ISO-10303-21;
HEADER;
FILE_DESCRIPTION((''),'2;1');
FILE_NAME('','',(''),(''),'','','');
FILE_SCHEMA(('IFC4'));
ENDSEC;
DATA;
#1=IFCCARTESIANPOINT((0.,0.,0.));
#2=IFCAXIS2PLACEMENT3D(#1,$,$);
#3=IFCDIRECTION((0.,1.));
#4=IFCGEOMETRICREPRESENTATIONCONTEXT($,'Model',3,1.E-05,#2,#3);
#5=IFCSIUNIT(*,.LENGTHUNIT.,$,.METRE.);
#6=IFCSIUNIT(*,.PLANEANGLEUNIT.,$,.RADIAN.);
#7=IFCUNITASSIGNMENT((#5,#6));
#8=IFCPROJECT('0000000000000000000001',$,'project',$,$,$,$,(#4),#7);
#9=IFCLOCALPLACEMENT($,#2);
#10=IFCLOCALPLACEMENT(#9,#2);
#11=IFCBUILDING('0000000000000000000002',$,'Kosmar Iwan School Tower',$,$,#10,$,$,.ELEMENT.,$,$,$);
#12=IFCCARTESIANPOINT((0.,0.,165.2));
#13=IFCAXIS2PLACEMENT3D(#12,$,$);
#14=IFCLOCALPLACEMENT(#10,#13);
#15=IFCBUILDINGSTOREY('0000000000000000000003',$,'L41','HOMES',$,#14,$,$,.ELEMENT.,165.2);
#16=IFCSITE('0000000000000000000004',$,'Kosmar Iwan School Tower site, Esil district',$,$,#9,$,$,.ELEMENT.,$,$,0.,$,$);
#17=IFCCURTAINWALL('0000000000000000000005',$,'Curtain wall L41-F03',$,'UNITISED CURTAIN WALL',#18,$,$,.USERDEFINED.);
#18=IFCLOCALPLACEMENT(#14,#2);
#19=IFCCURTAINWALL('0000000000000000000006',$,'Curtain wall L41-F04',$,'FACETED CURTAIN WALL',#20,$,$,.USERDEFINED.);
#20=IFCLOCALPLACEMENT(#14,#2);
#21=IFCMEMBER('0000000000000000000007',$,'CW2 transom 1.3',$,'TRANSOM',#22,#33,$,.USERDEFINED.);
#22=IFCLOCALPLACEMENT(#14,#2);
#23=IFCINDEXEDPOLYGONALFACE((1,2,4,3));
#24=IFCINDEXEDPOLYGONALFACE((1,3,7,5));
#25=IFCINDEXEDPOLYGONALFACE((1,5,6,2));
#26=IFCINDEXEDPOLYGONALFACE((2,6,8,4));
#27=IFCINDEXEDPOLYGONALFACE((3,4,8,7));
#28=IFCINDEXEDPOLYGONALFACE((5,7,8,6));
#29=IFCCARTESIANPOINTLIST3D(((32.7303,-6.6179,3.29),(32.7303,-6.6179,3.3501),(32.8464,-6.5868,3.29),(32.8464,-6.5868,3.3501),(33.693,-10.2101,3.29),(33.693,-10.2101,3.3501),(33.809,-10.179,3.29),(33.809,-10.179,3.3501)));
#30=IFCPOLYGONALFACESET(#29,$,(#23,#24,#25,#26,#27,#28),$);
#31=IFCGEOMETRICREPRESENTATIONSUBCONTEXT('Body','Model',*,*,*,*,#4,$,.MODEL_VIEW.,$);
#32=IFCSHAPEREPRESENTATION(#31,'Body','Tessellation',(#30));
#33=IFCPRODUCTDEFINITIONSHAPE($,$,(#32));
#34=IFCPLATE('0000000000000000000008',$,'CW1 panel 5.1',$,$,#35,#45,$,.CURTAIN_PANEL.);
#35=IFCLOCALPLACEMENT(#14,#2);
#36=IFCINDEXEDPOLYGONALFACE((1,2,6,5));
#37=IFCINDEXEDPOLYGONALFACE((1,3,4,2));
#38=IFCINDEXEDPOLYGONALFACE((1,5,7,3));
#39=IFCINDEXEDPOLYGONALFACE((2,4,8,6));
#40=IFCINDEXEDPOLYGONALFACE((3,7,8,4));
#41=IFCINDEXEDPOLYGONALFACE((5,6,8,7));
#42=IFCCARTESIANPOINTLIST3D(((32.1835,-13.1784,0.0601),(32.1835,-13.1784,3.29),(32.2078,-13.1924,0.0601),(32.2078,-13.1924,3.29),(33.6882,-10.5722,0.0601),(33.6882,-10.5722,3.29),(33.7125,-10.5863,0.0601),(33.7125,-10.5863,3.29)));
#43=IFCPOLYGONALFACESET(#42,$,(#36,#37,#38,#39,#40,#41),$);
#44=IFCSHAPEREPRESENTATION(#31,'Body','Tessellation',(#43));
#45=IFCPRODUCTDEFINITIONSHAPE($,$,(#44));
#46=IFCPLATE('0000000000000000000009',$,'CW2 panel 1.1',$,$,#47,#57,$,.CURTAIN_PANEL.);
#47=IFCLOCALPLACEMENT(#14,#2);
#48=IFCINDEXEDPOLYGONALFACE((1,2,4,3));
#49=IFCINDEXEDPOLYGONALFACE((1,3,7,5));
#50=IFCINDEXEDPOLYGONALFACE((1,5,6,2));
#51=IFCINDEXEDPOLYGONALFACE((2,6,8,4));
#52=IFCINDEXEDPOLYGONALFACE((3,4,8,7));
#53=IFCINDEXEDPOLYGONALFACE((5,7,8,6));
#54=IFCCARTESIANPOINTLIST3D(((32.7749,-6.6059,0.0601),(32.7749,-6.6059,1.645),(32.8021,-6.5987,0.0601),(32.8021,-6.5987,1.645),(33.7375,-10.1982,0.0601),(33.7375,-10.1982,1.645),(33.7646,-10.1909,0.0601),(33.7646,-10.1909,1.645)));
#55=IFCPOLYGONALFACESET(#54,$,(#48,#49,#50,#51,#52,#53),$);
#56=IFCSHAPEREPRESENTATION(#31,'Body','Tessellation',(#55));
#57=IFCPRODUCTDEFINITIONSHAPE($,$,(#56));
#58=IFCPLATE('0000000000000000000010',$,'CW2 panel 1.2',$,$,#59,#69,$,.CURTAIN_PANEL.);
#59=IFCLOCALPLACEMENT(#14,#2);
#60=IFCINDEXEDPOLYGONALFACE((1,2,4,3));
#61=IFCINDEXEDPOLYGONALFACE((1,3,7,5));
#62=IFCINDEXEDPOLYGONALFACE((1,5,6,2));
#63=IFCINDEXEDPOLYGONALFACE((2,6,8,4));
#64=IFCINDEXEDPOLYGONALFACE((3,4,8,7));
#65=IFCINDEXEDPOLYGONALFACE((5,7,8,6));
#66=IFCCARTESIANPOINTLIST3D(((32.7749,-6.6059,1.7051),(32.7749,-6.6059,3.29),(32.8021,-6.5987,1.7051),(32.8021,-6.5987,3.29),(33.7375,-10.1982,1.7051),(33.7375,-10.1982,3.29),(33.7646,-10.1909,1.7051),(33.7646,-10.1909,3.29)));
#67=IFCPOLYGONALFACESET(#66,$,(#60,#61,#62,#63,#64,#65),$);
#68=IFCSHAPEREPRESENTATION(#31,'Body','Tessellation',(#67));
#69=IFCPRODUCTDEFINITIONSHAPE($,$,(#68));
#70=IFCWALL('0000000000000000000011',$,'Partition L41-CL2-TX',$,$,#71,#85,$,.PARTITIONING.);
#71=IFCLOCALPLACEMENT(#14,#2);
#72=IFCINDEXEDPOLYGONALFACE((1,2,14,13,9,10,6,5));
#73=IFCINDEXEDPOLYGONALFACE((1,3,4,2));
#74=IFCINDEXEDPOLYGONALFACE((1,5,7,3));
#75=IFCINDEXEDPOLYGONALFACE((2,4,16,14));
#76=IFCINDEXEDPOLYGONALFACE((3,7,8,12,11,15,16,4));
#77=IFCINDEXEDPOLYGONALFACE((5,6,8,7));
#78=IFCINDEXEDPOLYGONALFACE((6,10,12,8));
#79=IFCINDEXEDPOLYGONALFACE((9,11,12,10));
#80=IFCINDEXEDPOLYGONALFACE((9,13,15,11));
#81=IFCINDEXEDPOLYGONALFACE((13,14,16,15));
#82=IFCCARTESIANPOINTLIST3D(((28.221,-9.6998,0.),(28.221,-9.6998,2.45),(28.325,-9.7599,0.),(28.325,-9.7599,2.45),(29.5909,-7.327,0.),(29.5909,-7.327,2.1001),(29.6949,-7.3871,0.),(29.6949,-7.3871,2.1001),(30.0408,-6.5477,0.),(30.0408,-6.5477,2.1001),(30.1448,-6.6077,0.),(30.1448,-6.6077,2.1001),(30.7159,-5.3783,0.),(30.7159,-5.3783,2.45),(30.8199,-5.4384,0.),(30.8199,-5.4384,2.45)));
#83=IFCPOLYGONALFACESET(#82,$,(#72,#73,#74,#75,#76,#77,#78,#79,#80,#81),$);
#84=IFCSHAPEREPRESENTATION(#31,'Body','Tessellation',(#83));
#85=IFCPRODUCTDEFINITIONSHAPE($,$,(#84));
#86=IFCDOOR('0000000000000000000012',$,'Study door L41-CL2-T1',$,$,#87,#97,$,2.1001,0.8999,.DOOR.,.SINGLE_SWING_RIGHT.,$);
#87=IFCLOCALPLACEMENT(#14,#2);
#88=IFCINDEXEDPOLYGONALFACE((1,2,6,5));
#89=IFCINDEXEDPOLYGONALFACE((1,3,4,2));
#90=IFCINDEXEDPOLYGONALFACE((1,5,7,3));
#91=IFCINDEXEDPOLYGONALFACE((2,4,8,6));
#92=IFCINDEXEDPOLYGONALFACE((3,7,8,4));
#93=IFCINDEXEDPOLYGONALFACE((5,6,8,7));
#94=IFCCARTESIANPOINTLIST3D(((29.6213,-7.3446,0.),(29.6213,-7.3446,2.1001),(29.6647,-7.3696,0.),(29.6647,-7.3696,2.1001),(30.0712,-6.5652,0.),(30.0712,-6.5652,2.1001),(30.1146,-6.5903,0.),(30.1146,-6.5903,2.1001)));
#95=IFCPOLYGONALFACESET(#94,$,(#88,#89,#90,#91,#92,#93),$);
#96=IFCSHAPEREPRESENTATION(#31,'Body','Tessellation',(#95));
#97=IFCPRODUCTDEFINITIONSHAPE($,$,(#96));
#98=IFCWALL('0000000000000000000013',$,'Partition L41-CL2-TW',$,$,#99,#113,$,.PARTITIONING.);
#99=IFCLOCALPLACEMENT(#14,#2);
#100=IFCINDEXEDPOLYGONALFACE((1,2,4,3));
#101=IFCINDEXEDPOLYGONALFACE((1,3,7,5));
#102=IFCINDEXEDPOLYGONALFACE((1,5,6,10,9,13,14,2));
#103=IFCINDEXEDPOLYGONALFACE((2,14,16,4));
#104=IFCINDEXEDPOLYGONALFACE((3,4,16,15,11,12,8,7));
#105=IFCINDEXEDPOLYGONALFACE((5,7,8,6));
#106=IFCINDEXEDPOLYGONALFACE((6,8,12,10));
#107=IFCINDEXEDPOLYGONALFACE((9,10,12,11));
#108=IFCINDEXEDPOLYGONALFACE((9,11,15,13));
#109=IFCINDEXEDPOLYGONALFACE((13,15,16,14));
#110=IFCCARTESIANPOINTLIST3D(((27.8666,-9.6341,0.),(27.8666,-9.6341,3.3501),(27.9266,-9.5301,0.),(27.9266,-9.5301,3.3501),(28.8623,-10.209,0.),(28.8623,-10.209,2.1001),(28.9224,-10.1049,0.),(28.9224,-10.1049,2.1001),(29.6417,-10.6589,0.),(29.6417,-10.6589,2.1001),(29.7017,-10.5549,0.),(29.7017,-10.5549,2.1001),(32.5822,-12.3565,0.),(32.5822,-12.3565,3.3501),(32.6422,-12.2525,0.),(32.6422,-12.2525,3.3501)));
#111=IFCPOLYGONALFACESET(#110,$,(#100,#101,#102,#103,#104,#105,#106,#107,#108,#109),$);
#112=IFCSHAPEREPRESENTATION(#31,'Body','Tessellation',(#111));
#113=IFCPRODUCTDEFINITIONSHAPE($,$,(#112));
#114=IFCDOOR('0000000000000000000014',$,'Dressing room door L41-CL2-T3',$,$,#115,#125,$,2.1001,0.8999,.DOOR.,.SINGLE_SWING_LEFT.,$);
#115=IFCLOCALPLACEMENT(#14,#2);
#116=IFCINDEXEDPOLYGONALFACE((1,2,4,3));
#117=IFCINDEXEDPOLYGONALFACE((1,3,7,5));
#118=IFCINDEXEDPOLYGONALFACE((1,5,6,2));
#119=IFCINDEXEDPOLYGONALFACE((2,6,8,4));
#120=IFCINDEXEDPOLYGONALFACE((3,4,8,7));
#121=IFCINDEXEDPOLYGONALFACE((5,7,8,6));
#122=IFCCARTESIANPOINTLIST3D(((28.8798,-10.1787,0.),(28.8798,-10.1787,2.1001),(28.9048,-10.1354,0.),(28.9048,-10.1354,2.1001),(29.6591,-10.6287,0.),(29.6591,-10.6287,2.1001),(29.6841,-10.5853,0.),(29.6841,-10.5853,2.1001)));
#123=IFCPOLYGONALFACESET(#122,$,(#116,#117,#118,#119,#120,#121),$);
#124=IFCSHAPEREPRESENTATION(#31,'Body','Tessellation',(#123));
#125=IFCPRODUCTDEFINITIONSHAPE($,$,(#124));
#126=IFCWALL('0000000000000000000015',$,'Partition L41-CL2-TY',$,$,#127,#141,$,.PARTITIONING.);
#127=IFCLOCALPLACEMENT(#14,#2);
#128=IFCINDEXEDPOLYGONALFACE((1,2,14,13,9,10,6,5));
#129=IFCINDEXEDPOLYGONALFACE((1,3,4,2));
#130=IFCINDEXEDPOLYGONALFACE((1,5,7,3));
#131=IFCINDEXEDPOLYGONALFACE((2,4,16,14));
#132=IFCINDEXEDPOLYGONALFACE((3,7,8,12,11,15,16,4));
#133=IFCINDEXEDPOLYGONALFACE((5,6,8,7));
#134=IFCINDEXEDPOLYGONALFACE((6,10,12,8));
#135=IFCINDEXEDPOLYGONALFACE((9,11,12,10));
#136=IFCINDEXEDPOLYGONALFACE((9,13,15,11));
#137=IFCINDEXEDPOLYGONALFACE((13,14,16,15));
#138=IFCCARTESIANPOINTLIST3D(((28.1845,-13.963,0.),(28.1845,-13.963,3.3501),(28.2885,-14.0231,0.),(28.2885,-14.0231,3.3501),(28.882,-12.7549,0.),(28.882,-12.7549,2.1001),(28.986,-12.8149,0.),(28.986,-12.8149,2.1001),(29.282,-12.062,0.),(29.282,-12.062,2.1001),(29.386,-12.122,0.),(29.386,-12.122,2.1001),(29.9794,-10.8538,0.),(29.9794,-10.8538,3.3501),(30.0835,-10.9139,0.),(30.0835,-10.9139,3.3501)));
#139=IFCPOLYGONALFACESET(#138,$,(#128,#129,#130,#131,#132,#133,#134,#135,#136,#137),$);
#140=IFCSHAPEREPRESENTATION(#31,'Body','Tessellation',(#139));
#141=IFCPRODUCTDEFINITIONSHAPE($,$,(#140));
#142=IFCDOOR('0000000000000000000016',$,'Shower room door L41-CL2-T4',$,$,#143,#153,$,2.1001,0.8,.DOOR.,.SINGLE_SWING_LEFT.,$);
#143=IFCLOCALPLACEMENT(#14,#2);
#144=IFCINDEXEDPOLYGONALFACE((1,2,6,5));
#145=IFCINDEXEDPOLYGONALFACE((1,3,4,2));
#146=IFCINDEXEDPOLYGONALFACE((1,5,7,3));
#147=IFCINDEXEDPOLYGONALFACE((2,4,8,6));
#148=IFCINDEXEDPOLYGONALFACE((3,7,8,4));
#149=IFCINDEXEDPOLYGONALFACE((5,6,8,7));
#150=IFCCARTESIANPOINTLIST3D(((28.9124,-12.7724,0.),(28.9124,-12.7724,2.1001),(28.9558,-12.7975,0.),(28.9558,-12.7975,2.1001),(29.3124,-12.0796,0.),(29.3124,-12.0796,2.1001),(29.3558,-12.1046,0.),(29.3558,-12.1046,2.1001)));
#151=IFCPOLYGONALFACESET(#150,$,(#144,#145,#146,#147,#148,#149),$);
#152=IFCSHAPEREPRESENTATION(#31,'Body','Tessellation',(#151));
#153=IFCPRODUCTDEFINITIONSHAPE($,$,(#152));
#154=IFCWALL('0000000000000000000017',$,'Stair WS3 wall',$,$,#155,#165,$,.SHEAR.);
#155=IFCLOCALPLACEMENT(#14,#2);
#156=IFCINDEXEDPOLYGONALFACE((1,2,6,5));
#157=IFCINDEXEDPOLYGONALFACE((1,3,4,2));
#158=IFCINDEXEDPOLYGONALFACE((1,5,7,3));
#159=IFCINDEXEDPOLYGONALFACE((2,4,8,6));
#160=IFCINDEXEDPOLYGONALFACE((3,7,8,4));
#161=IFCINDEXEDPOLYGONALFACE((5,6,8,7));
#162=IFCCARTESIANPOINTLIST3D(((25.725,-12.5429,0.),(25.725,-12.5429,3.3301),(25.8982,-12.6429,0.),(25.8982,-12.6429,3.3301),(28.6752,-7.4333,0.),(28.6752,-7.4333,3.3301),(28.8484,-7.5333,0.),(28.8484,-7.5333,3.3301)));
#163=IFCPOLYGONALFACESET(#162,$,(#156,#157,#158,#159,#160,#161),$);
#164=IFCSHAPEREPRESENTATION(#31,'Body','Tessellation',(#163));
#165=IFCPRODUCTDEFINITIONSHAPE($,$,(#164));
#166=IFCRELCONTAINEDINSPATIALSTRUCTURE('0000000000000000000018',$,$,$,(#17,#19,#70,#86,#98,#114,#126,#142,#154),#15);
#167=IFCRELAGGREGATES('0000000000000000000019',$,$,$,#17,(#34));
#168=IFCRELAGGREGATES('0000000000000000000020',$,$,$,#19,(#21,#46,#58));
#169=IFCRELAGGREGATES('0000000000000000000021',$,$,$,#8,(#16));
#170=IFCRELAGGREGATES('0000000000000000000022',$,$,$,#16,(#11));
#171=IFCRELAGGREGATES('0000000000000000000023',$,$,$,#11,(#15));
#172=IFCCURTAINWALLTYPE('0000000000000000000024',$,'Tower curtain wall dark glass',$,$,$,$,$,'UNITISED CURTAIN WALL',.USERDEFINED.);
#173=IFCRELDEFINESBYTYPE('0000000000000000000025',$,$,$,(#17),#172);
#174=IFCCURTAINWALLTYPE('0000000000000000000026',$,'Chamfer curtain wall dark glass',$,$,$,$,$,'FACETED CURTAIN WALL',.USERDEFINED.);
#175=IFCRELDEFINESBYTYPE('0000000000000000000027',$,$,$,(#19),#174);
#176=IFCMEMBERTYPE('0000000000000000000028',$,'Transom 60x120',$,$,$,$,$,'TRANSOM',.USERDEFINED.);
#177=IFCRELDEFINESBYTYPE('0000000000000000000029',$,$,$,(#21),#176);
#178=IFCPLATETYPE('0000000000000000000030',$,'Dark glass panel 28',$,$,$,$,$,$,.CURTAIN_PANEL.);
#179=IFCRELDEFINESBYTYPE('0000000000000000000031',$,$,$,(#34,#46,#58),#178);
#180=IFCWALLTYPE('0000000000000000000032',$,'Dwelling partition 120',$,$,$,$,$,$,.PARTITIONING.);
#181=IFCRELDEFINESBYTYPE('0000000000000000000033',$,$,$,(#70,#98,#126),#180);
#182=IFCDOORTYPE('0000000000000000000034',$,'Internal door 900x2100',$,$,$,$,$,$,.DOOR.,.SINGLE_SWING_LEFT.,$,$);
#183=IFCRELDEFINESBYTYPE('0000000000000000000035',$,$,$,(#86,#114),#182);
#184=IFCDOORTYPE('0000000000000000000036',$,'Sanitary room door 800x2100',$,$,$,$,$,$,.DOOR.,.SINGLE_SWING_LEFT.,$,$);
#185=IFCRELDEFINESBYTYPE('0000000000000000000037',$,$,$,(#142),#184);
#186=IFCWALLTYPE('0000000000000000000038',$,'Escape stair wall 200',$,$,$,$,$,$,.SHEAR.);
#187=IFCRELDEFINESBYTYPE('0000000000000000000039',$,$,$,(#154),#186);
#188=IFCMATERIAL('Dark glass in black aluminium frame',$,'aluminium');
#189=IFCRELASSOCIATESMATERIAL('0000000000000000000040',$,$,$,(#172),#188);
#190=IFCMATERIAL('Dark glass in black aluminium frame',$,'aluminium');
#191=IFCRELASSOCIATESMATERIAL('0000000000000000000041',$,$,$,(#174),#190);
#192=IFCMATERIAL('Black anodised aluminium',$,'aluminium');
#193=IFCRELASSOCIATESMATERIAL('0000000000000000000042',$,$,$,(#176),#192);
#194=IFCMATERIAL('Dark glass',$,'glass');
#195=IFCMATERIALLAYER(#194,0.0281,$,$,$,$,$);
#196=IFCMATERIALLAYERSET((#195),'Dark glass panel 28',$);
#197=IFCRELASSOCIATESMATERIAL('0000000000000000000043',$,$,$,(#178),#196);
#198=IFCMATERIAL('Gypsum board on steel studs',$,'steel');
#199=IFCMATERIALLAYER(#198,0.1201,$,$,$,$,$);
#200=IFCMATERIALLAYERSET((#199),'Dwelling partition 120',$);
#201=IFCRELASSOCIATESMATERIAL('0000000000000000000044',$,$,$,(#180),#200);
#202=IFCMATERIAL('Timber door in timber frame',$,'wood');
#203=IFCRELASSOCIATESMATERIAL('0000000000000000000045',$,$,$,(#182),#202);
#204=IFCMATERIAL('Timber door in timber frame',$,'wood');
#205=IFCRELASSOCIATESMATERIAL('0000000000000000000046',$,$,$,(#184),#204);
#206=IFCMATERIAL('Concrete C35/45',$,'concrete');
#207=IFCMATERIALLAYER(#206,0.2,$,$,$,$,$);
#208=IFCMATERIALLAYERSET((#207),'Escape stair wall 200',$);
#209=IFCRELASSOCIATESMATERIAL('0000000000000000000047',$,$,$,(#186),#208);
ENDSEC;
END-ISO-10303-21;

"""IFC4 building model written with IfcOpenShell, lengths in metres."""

from ifc_helpers import new_model, si_unit, direction, frame, frame_2d, origin, origin_2d, place, context, subcontext, project, spatial, rectangle, extrude, material, layer, layer_set, material_profile, profile_set, type_object, element, fill, aggregate, save


model = new_model("IFC4")

# Units and contexts
model_context = context("Model", 3, precision=1e-05, world=origin(), true_north=direction((0.0, 1.0)))
body_context = subcontext(model_context, "Body", "Model", "MODEL_VIEW")
ifc_project = project(units=[si_unit("LENGTHUNIT", "METRE"), si_unit("PLANEANGLEUNIT", "RADIAN")], contexts=[model_context])

# Site, building, storey
site_placement = place(None, origin())
site = spatial("IfcSite", under=ifc_project, at=site_placement, Name="Kosmar Iwan School Tower site, Esil district", CompositionType="ELEMENT", RefElevation=0.0)
building_placement = place(site_placement, origin())
building = spatial("IfcBuilding", under=site, at=building_placement, Name="Kosmar Iwan School Tower", CompositionType="ELEMENT")
storey_placement = place(building_placement, frame((0.0, 0.0, 165.2)))
storey = spatial("IfcBuildingStorey", under=building, at=storey_placement, Name="L41", Description="HOMES", CompositionType="ELEMENT", Elevation=165.2)

# Curtain walls
ifc_material_1 = material(Name="Dark glass in black aluminium frame", Category="aluminium")
curtain_wall_type_1 = type_object("IfcCurtainWallType", Name="Tower curtain wall dark glass", ElementType="UNITISED CURTAIN WALL", PredefinedType="USERDEFINED", material=ifc_material_1)
curtain_wall_1_placement = place(storey_placement, origin())
curtain_wall_1 = element("IfcCurtainWall", 1, at=curtain_wall_1_placement, inside=storey, type_object=curtain_wall_type_1, Name="Curtain wall L41-F03", ObjectType="UNITISED CURTAIN WALL", PredefinedType="USERDEFINED")
ifc_material_2 = material(Name="Dark glass in black aluminium frame", Category="aluminium")
curtain_wall_type_2 = type_object("IfcCurtainWallType", Name="Chamfer curtain wall dark glass", ElementType="FACETED CURTAIN WALL", PredefinedType="USERDEFINED", material=ifc_material_2)
curtain_wall_2_placement = place(storey_placement, origin())
curtain_wall_2 = element("IfcCurtainWall", 2, at=curtain_wall_2_placement, inside=storey, type_object=curtain_wall_type_2, Name="Curtain wall L41-F04", ObjectType="FACETED CURTAIN WALL", PredefinedType="USERDEFINED")

# Member
ifc_material_3 = material(Name="Black anodised aluminium", Category="aluminium")
ifc_material_profile_1 = material_profile(ifc_material_3, rectangle(XDim=0.1201, YDim=0.0601, at=origin_2d()), Name="TRANSOM 60x120")
ifc_profile_set_1 = profile_set([ifc_material_profile_1], Name="Black anodised aluminium")
member_type_1 = type_object("IfcMemberType", Name="Transom 60x120", ElementType="TRANSOM", PredefinedType="USERDEFINED", material=ifc_profile_set_1)
member_1_placement = place(storey_placement, frame((33.751, -10.1946, 3.3201), z_axis=(-0.258843, 0.965919, 0.0), x_axis=(-0.965919, -0.258843, 0.0)))
member_1 = element("IfcMember", 3, at=member_1_placement, type_object=member_type_1, Name="CW2 transom 1.3", ObjectType="TRANSOM", PredefinedType="USERDEFINED", context=body_context, shape_type="SweptSolid", body=[
    extrude(rectangle(XDim=0.1201, YDim=0.0601, at=origin_2d()), origin(), (0.0, 0.0, 1.0), 3.719),
])

# Plates
ifc_material_4 = material(Name="Dark glass", Category="glass")
ifc_layer_1 = layer(ifc_material_4, 0.0281)
ifc_layer_set_1 = layer_set([ifc_layer_1], Name="Dark glass panel 28")
plate_type = type_object("IfcPlateType", Name="Dark glass panel 28", PredefinedType="CURTAIN_PANEL", material=ifc_layer_set_1)
plate_1_placement = place(storey_placement, frame((32.948, -11.8823, 0.0601), z_axis=(0.0, 0.0, 1.0), x_axis=(0.5, 0.866025, 0.0)))
plate_1 = element("IfcPlate", 4, at=plate_1_placement, type_object=plate_type, Name="CW1 panel 5.1", PredefinedType="CURTAIN_PANEL", context=body_context, shape_type="SweptSolid", body=[
    extrude(rectangle(XDim=3.0093, YDim=0.0281, at=origin_2d()), origin(), (0.0, 0.0, 1.0), 3.23),
])
aggregate(curtain_wall_1, [plate_1])
plate_2_placement = place(storey_placement, frame((33.2698, -8.3984, 0.0601), z_axis=(0.0, 0.0, 1.0), x_axis=(-0.258819, 0.965926, 0.0)))
plate_2 = element("IfcPlate", 5, at=plate_2_placement, type_object=plate_type, Name="CW2 panel 1.1", PredefinedType="CURTAIN_PANEL", context=body_context, shape_type="SweptSolid", body=[
    extrude(rectangle(XDim=3.719, YDim=0.0281, at=origin_2d()), origin(), (0.0, 0.0, 1.0), 1.585),
])
plate_3_placement = place(storey_placement, frame((33.2698, -8.3984, 1.7051), z_axis=(0.0, 0.0, 1.0), x_axis=(-0.258819, 0.965926, 0.0)))
plate_3 = element("IfcPlate", 6, at=plate_3_placement, type_object=plate_type, Name="CW2 panel 1.2", PredefinedType="CURTAIN_PANEL", context=body_context, shape_type="SweptSolid", body=[
    extrude(rectangle(XDim=3.719, YDim=0.0281, at=origin_2d()), origin(), (0.0, 0.0, 1.0), 1.585),
])
aggregate(curtain_wall_2, [member_1, plate_2, plate_3])

# Walls, openings, doors
ifc_material_5 = material(Name="Gypsum board on steel studs", Category="steel")
ifc_layer_2 = layer(ifc_material_5, 0.1201)
ifc_layer_set_2 = layer_set([ifc_layer_2], Name="Dwelling partition 120")
wall_type_1 = type_object("IfcWallType", Name="Dwelling partition 120", PredefinedType="PARTITIONING", material=ifc_layer_set_2)
wall_1_placement = place(storey_placement, frame((28.2729, -9.73, 0.0), z_axis=(0.0, 0.0, 1.0), x_axis=(0.499975, 0.86604, 0.0)))
wall_1 = element("IfcWall", 7, at=wall_1_placement, inside=storey, type_object=wall_type_1, Name="Partition L41-CL2-TX", PredefinedType="PARTITIONING", context=body_context, shape_type="SweptSolid", body=[
    extrude(rectangle(XDim=4.99, YDim=0.1201, at=frame_2d((2.4951, 0.0))), origin(), (0.0, 0.0, 1.0), 2.45),
])
opening_1_placement = place(wall_1_placement, frame((2.74, 0.0, 0.0)))
opening_1 = element("IfcOpeningElement", 8, at=opening_1_placement, cuts=wall_1, PredefinedType="OPENING", context=body_context, shape_type="SweptSolid", body=[
    extrude(rectangle(XDim=0.8999, YDim=2.1001, at=frame_2d((0.45, 1.05))), frame((0.0, 0.072, 0.0), z_axis=(0.0, -1.0, 0.0), x_axis=(1.0, 0.0, 0.0)), (0.0, 0.0, 1.0), 0.144),
])
ifc_material_6 = material(Name="Timber door in timber frame", Category="wood")
door_type_1 = type_object("IfcDoorType", Name="Internal door 900x2100", OperationType="SINGLE_SWING_LEFT", PredefinedType="DOOR", material=ifc_material_6)
door_1_placement = place(opening_1_placement, origin())
door_1 = element("IfcDoor", 9, at=door_1_placement, inside=storey, type_object=door_type_1, Name="Study door L41-CL2-T1", OperationType="SINGLE_SWING_RIGHT", OverallHeight=2.1001, OverallWidth=0.8999, PredefinedType="DOOR", context=body_context, shape_type="SweptSolid", body=[
    extrude(rectangle(XDim=0.8999, YDim=2.1001, at=frame_2d((0.45, 1.05))), frame((0.0, 0.0249, 0.0), z_axis=(0.0, -1.0, 0.0), x_axis=(1.0, 0.0, 0.0)), (0.0, 0.0, 1.0), 0.05),
])
fill(opening_1, door_1)
wall_2_placement = place(storey_placement, frame((27.8965, -9.582, 0.0), z_axis=(0.0, 0.0, 1.0), x_axis=(0.866036, -0.499982, 0.0)))
wall_2 = element("IfcWall", 10, at=wall_2_placement, inside=storey, type_object=wall_type_1, Name="Partition L41-CL2-TW", PredefinedType="PARTITIONING", context=body_context, shape_type="SweptSolid", body=[
    extrude(rectangle(XDim=5.4451, YDim=0.1201, at=frame_2d((2.7227, 0.0))), origin(), (0.0, 0.0, 1.0), 3.3501),
])
opening_2_placement = place(wall_2_placement, frame((1.1499, 0.0, 0.0)))
opening_2 = element("IfcOpeningElement", 11, at=opening_2_placement, cuts=wall_2, PredefinedType="OPENING", context=body_context, shape_type="SweptSolid", body=[
    extrude(rectangle(XDim=0.8999, YDim=2.1001, at=frame_2d((0.45, 1.05))), frame((0.0, 0.072, 0.0), z_axis=(0.0, -1.0, 0.0), x_axis=(1.0, 0.0, 0.0)), (0.0, 0.0, 1.0), 0.144),
])
door_2_placement = place(opening_2_placement, origin())
door_2 = element("IfcDoor", 12, at=door_2_placement, inside=storey, type_object=door_type_1, Name="Dressing room door L41-CL2-T3", OperationType="SINGLE_SWING_LEFT", OverallHeight=2.1001, OverallWidth=0.8999, PredefinedType="DOOR", context=body_context, shape_type="SweptSolid", body=[
    extrude(rectangle(XDim=0.8999, YDim=2.1001, at=frame_2d((0.45, 1.05))), frame((0.0, 0.0249, 0.0), z_axis=(0.0, -1.0, 0.0), x_axis=(1.0, 0.0, 0.0)), (0.0, 0.0, 1.0), 0.05),
])
fill(opening_2, door_2)
wall_3_placement = place(storey_placement, frame((28.2366, -13.9929, 0.0), z_axis=(0.0, 0.0, 1.0), x_axis=(0.499972, 0.866042, 0.0)))
wall_3 = element("IfcWall", 13, at=wall_3_placement, inside=storey, type_object=wall_type_1, Name="Partition L41-CL2-TY", PredefinedType="PARTITIONING", context=body_context, shape_type="SweptSolid", body=[
    extrude(rectangle(XDim=3.5901, YDim=0.1201, at=frame_2d((1.7949, 0.0))), origin(), (0.0, 0.0, 1.0), 3.3501),
])
opening_3_placement = place(wall_3_placement, frame((1.395, 0.0, 0.0)))
opening_3 = element("IfcOpeningElement", 14, at=opening_3_placement, cuts=wall_3, PredefinedType="OPENING", context=body_context, shape_type="SweptSolid", body=[
    extrude(rectangle(XDim=0.8, YDim=2.1001, at=frame_2d((0.3999, 1.05))), frame((0.0, 0.072, 0.0), z_axis=(0.0, -1.0, 0.0), x_axis=(1.0, 0.0, 0.0)), (0.0, 0.0, 1.0), 0.144),
])
ifc_material_7 = material(Name="Timber door in timber frame", Category="wood")
door_type_2 = type_object("IfcDoorType", Name="Sanitary room door 800x2100", OperationType="SINGLE_SWING_LEFT", PredefinedType="DOOR", material=ifc_material_7)
door_3_placement = place(opening_3_placement, origin())
door_3 = element("IfcDoor", 15, at=door_3_placement, inside=storey, type_object=door_type_2, Name="Shower room door L41-CL2-T4", OperationType="SINGLE_SWING_LEFT", OverallHeight=2.1001, OverallWidth=0.8, PredefinedType="DOOR", context=body_context, shape_type="SweptSolid", body=[
    extrude(rectangle(XDim=0.8, YDim=2.1001, at=frame_2d((0.3999, 1.05))), frame((0.0, 0.0249, 0.0), z_axis=(0.0, -1.0, 0.0), x_axis=(1.0, 0.0, 0.0)), (0.0, 0.0, 1.0), 0.05),
])
fill(opening_3, door_3)

# Wall
ifc_material_8 = material(Name="Concrete C35/45", Category="concrete")
ifc_layer_3 = layer(ifc_material_8, 0.2)
ifc_layer_set_3 = layer_set([ifc_layer_3], Name="Escape stair wall 200")
wall_type_2 = type_object("IfcWallType", Name="Escape stair wall 200", PredefinedType="SHEAR", material=ifc_layer_set_3)
wall_4_placement = place(storey_placement, frame((25.8115, -12.593, 0.0), z_axis=(0.0, 0.0, 1.0), x_axis=(0.50002, 0.866014, 0.0)))
element("IfcWall", 16, at=wall_4_placement, inside=storey, type_object=wall_type_2, Name="Stair WS3 wall", PredefinedType="SHEAR", context=body_context, shape_type="SweptSolid", body=[
    extrude(rectangle(XDim=5.9001, YDim=0.2, at=frame_2d((2.9502, 0.0))), origin(), (0.0, 0.0, 1.0), 3.3301),
])

save(model, "model.ifc")
